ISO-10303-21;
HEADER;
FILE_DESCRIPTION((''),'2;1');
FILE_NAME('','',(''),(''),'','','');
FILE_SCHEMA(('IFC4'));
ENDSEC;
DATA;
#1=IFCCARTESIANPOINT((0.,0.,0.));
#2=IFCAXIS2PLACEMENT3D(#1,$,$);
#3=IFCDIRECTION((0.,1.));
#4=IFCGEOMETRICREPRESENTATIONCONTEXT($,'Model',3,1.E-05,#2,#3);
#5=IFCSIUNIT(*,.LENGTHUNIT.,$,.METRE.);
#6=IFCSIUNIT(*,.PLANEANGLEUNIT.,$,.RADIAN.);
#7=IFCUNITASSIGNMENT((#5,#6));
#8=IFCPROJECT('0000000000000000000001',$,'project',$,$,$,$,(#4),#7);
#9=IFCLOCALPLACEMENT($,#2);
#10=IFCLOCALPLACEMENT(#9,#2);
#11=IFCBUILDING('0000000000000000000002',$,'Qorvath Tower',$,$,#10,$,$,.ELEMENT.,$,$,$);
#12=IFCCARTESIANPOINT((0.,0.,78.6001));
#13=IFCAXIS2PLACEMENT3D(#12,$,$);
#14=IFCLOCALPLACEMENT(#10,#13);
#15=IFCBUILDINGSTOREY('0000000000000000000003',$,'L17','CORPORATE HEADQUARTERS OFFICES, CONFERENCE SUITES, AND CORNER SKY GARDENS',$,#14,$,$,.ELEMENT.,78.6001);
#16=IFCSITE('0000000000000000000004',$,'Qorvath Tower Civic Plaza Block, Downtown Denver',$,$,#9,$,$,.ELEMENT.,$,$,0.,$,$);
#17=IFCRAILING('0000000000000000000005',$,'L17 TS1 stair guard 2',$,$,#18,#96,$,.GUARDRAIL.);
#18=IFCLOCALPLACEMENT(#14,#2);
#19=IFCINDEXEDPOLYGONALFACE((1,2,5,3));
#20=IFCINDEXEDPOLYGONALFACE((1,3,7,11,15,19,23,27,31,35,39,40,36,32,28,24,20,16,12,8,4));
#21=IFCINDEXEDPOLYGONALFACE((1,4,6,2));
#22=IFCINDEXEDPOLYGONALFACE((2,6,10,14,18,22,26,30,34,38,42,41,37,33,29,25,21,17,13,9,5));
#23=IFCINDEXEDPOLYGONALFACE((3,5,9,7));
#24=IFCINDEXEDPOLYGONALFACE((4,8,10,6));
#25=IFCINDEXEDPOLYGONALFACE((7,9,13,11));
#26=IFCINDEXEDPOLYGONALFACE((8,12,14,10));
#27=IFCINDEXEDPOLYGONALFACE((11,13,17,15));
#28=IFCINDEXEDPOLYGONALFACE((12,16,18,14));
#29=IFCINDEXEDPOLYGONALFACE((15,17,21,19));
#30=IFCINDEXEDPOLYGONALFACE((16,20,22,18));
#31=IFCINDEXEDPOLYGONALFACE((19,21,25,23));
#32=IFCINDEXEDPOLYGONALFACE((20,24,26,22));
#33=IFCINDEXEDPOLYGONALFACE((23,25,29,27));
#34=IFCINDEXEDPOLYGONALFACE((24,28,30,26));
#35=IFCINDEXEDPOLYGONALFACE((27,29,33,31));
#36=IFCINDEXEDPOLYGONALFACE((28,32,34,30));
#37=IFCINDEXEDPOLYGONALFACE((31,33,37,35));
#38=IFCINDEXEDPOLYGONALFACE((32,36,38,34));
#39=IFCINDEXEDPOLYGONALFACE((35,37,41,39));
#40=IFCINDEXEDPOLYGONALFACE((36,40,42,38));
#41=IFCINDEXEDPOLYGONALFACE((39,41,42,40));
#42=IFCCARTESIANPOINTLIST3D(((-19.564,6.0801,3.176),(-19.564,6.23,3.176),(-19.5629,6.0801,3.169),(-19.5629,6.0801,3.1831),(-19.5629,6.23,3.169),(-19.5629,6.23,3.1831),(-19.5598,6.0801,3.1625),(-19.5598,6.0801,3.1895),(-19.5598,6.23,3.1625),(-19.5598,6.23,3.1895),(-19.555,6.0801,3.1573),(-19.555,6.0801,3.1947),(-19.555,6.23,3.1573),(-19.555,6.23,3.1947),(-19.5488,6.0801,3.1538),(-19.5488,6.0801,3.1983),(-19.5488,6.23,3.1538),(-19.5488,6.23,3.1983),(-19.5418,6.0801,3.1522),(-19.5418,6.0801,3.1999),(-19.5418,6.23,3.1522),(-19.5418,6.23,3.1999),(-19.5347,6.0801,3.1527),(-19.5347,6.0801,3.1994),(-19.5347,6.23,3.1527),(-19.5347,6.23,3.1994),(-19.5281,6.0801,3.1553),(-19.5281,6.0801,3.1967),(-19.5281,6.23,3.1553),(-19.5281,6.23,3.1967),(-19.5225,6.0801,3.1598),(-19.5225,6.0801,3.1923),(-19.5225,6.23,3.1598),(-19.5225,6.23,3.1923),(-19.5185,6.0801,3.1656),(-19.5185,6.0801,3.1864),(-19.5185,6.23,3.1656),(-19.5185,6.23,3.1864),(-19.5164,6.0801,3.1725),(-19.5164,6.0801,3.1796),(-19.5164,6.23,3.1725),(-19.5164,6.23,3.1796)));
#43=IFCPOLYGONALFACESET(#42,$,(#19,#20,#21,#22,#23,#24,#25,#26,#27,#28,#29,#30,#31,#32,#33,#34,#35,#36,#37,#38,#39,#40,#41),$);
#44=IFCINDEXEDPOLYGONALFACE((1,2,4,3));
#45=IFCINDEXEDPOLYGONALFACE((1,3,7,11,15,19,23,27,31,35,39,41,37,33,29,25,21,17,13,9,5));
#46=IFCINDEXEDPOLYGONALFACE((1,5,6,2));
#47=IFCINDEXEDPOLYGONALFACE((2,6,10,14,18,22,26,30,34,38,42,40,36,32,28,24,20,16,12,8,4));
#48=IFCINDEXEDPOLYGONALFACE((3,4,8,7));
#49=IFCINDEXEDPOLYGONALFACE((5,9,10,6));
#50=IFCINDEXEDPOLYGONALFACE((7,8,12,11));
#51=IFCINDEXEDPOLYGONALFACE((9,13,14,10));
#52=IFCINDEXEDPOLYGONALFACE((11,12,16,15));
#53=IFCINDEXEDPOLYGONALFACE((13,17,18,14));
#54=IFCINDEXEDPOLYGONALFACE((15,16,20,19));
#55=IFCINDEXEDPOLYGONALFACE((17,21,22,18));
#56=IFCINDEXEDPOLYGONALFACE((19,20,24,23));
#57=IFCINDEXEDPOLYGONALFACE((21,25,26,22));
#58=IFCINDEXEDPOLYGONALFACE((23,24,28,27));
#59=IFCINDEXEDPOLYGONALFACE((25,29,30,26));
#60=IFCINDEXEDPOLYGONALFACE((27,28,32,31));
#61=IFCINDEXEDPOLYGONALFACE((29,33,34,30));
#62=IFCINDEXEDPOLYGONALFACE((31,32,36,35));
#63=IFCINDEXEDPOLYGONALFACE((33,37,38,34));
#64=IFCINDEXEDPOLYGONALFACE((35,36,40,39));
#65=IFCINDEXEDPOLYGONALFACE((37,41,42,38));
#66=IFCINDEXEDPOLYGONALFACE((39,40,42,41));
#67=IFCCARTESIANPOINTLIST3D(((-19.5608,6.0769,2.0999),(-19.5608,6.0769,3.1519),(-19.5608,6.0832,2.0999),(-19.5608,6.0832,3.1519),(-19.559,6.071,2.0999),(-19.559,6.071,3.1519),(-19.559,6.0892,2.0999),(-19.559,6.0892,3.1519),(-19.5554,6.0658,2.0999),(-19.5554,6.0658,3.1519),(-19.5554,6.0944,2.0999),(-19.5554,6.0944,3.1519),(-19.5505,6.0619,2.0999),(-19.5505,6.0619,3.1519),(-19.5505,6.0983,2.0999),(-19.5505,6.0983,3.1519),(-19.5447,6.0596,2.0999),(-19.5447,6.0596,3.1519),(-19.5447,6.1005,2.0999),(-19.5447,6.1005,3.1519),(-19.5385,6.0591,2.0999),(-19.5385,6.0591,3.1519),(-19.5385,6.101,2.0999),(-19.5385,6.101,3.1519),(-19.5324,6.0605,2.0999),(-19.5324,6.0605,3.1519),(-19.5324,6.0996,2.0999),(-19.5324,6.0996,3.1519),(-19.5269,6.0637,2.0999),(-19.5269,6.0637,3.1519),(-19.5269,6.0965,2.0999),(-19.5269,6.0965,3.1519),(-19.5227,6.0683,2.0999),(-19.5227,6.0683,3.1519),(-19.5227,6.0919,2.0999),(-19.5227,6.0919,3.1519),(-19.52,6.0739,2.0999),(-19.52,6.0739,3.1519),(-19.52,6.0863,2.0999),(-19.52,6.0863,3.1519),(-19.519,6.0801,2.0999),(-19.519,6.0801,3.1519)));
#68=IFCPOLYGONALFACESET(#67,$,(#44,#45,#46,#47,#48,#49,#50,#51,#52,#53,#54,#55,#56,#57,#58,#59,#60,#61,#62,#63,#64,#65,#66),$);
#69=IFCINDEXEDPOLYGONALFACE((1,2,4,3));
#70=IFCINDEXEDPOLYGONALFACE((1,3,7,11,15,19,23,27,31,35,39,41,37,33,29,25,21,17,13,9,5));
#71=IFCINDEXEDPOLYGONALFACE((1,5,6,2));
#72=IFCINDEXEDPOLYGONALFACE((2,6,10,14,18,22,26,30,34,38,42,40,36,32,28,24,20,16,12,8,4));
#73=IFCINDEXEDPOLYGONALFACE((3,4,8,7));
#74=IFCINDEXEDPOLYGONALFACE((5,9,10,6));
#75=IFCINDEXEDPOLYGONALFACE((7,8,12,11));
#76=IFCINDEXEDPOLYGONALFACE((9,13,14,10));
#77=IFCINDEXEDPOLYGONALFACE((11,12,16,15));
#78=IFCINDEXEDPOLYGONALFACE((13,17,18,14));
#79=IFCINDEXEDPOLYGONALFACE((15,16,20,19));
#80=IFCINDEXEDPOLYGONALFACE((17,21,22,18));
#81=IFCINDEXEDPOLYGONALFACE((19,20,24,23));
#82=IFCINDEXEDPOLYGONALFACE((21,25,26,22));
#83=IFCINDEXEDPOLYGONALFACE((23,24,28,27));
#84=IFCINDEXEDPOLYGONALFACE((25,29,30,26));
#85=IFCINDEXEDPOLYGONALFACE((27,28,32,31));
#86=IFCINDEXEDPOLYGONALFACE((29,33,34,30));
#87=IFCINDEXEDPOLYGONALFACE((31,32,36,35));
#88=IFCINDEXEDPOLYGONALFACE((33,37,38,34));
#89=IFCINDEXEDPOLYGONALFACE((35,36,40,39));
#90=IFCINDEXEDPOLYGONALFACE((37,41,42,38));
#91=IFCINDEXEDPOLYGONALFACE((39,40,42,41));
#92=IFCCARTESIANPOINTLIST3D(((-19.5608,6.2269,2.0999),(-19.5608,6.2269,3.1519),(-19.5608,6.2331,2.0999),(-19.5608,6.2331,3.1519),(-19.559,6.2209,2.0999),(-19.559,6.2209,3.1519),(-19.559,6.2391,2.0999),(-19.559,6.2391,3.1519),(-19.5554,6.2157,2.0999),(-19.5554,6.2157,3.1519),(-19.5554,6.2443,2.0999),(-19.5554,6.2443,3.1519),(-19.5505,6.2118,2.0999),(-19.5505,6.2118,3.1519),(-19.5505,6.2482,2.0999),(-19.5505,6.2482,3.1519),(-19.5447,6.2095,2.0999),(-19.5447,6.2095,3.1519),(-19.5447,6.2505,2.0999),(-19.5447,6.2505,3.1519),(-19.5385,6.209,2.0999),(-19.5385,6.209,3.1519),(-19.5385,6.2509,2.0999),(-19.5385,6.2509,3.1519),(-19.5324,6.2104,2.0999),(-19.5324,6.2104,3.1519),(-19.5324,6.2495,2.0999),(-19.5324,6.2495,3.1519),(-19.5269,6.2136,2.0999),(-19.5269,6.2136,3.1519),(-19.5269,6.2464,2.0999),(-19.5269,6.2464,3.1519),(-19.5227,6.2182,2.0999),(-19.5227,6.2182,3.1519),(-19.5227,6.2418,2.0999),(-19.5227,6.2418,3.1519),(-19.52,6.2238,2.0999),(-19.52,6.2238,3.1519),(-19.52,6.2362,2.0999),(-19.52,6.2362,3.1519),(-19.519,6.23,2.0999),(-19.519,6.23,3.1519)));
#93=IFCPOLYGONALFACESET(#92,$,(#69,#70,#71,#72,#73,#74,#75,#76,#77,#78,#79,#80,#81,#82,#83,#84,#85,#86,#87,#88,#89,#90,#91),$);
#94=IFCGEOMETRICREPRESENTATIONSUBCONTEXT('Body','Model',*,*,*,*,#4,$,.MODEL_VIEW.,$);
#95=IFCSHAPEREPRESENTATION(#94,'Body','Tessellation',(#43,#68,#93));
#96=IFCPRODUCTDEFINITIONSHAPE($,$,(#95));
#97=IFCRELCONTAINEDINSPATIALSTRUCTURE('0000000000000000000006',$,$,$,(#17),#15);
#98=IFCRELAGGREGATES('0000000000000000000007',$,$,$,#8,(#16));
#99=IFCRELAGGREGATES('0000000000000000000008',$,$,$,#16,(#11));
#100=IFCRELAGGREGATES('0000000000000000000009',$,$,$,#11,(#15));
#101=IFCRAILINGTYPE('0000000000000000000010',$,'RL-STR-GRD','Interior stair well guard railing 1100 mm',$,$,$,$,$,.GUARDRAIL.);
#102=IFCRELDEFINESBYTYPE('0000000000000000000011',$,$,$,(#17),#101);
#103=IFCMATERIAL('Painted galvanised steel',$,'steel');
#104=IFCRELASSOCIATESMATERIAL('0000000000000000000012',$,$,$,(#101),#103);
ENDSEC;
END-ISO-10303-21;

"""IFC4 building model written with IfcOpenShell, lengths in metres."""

from ifc_helpers import new_model, si_unit, direction, frame, origin, origin_2d, place, context, subcontext, project, spatial, circle, extrude, material, type_object, element, save


model = new_model("IFC4")

# Units and contexts
model_context = context("Model", 3, precision=1e-05, world=origin(), true_north=direction((0.0, 1.0)))
body_context = subcontext(model_context, "Body", "Model", "MODEL_VIEW")
ifc_project = project(units=[si_unit("LENGTHUNIT", "METRE"), si_unit("PLANEANGLEUNIT", "RADIAN")], contexts=[model_context])

# Site, building, storey
site_placement = place(None, origin())
site = spatial("IfcSite", under=ifc_project, at=site_placement, Name="Qorvath Tower Civic Plaza Block, Downtown Denver", CompositionType="ELEMENT", RefElevation=0.0)
building_placement = place(site_placement, origin())
building = spatial("IfcBuilding", under=site, at=building_placement, Name="Qorvath Tower", CompositionType="ELEMENT")
storey_placement = place(building_placement, frame((0.0, 0.0, 78.6001)))
storey = spatial("IfcBuildingStorey", under=building, at=storey_placement, Name="L17", Description="CORPORATE HEADQUARTERS OFFICES, CONFERENCE SUITES, AND CORNER SKY GARDENS", CompositionType="ELEMENT", Elevation=78.6001)

# Railing
ifc_material_1 = material(Name="Painted galvanised steel", Category="steel")
railing_type_1 = type_object("IfcRailingType", Name="RL-STR-GRD", Description="Interior stair well guard railing 1100 mm", PredefinedType="GUARDRAIL", material=ifc_material_1)
railing_1_placement = place(storey_placement, frame((-19.54, 6.0801, 2.0999)))
element("IfcRailing", 1, at=railing_1_placement, inside=storey, type_object=railing_type_1, Name="L17 TS1 stair guard 2", PredefinedType="GUARDRAIL", context=body_context, shape_type="SweptSolid", body=[
    extrude(circle(Radius=0.0239, at=origin_2d()), frame((0.0, 0.0, 1.0762), z_axis=(0.0, 1.0, 0.0), x_axis=(-1.0, 0.0, 0.0)), (0.0, 0.0, 1.0), 0.1499),
    extrude(circle(Radius=0.021, at=origin_2d()), origin(), (0.0, 0.0, 1.0), 1.052),
    extrude(circle(Radius=0.021, at=origin_2d()), frame((0.0, 0.1499, 0.0)), (0.0, 0.0, 1.0), 1.052),
])

save(model, "model.ifc")
